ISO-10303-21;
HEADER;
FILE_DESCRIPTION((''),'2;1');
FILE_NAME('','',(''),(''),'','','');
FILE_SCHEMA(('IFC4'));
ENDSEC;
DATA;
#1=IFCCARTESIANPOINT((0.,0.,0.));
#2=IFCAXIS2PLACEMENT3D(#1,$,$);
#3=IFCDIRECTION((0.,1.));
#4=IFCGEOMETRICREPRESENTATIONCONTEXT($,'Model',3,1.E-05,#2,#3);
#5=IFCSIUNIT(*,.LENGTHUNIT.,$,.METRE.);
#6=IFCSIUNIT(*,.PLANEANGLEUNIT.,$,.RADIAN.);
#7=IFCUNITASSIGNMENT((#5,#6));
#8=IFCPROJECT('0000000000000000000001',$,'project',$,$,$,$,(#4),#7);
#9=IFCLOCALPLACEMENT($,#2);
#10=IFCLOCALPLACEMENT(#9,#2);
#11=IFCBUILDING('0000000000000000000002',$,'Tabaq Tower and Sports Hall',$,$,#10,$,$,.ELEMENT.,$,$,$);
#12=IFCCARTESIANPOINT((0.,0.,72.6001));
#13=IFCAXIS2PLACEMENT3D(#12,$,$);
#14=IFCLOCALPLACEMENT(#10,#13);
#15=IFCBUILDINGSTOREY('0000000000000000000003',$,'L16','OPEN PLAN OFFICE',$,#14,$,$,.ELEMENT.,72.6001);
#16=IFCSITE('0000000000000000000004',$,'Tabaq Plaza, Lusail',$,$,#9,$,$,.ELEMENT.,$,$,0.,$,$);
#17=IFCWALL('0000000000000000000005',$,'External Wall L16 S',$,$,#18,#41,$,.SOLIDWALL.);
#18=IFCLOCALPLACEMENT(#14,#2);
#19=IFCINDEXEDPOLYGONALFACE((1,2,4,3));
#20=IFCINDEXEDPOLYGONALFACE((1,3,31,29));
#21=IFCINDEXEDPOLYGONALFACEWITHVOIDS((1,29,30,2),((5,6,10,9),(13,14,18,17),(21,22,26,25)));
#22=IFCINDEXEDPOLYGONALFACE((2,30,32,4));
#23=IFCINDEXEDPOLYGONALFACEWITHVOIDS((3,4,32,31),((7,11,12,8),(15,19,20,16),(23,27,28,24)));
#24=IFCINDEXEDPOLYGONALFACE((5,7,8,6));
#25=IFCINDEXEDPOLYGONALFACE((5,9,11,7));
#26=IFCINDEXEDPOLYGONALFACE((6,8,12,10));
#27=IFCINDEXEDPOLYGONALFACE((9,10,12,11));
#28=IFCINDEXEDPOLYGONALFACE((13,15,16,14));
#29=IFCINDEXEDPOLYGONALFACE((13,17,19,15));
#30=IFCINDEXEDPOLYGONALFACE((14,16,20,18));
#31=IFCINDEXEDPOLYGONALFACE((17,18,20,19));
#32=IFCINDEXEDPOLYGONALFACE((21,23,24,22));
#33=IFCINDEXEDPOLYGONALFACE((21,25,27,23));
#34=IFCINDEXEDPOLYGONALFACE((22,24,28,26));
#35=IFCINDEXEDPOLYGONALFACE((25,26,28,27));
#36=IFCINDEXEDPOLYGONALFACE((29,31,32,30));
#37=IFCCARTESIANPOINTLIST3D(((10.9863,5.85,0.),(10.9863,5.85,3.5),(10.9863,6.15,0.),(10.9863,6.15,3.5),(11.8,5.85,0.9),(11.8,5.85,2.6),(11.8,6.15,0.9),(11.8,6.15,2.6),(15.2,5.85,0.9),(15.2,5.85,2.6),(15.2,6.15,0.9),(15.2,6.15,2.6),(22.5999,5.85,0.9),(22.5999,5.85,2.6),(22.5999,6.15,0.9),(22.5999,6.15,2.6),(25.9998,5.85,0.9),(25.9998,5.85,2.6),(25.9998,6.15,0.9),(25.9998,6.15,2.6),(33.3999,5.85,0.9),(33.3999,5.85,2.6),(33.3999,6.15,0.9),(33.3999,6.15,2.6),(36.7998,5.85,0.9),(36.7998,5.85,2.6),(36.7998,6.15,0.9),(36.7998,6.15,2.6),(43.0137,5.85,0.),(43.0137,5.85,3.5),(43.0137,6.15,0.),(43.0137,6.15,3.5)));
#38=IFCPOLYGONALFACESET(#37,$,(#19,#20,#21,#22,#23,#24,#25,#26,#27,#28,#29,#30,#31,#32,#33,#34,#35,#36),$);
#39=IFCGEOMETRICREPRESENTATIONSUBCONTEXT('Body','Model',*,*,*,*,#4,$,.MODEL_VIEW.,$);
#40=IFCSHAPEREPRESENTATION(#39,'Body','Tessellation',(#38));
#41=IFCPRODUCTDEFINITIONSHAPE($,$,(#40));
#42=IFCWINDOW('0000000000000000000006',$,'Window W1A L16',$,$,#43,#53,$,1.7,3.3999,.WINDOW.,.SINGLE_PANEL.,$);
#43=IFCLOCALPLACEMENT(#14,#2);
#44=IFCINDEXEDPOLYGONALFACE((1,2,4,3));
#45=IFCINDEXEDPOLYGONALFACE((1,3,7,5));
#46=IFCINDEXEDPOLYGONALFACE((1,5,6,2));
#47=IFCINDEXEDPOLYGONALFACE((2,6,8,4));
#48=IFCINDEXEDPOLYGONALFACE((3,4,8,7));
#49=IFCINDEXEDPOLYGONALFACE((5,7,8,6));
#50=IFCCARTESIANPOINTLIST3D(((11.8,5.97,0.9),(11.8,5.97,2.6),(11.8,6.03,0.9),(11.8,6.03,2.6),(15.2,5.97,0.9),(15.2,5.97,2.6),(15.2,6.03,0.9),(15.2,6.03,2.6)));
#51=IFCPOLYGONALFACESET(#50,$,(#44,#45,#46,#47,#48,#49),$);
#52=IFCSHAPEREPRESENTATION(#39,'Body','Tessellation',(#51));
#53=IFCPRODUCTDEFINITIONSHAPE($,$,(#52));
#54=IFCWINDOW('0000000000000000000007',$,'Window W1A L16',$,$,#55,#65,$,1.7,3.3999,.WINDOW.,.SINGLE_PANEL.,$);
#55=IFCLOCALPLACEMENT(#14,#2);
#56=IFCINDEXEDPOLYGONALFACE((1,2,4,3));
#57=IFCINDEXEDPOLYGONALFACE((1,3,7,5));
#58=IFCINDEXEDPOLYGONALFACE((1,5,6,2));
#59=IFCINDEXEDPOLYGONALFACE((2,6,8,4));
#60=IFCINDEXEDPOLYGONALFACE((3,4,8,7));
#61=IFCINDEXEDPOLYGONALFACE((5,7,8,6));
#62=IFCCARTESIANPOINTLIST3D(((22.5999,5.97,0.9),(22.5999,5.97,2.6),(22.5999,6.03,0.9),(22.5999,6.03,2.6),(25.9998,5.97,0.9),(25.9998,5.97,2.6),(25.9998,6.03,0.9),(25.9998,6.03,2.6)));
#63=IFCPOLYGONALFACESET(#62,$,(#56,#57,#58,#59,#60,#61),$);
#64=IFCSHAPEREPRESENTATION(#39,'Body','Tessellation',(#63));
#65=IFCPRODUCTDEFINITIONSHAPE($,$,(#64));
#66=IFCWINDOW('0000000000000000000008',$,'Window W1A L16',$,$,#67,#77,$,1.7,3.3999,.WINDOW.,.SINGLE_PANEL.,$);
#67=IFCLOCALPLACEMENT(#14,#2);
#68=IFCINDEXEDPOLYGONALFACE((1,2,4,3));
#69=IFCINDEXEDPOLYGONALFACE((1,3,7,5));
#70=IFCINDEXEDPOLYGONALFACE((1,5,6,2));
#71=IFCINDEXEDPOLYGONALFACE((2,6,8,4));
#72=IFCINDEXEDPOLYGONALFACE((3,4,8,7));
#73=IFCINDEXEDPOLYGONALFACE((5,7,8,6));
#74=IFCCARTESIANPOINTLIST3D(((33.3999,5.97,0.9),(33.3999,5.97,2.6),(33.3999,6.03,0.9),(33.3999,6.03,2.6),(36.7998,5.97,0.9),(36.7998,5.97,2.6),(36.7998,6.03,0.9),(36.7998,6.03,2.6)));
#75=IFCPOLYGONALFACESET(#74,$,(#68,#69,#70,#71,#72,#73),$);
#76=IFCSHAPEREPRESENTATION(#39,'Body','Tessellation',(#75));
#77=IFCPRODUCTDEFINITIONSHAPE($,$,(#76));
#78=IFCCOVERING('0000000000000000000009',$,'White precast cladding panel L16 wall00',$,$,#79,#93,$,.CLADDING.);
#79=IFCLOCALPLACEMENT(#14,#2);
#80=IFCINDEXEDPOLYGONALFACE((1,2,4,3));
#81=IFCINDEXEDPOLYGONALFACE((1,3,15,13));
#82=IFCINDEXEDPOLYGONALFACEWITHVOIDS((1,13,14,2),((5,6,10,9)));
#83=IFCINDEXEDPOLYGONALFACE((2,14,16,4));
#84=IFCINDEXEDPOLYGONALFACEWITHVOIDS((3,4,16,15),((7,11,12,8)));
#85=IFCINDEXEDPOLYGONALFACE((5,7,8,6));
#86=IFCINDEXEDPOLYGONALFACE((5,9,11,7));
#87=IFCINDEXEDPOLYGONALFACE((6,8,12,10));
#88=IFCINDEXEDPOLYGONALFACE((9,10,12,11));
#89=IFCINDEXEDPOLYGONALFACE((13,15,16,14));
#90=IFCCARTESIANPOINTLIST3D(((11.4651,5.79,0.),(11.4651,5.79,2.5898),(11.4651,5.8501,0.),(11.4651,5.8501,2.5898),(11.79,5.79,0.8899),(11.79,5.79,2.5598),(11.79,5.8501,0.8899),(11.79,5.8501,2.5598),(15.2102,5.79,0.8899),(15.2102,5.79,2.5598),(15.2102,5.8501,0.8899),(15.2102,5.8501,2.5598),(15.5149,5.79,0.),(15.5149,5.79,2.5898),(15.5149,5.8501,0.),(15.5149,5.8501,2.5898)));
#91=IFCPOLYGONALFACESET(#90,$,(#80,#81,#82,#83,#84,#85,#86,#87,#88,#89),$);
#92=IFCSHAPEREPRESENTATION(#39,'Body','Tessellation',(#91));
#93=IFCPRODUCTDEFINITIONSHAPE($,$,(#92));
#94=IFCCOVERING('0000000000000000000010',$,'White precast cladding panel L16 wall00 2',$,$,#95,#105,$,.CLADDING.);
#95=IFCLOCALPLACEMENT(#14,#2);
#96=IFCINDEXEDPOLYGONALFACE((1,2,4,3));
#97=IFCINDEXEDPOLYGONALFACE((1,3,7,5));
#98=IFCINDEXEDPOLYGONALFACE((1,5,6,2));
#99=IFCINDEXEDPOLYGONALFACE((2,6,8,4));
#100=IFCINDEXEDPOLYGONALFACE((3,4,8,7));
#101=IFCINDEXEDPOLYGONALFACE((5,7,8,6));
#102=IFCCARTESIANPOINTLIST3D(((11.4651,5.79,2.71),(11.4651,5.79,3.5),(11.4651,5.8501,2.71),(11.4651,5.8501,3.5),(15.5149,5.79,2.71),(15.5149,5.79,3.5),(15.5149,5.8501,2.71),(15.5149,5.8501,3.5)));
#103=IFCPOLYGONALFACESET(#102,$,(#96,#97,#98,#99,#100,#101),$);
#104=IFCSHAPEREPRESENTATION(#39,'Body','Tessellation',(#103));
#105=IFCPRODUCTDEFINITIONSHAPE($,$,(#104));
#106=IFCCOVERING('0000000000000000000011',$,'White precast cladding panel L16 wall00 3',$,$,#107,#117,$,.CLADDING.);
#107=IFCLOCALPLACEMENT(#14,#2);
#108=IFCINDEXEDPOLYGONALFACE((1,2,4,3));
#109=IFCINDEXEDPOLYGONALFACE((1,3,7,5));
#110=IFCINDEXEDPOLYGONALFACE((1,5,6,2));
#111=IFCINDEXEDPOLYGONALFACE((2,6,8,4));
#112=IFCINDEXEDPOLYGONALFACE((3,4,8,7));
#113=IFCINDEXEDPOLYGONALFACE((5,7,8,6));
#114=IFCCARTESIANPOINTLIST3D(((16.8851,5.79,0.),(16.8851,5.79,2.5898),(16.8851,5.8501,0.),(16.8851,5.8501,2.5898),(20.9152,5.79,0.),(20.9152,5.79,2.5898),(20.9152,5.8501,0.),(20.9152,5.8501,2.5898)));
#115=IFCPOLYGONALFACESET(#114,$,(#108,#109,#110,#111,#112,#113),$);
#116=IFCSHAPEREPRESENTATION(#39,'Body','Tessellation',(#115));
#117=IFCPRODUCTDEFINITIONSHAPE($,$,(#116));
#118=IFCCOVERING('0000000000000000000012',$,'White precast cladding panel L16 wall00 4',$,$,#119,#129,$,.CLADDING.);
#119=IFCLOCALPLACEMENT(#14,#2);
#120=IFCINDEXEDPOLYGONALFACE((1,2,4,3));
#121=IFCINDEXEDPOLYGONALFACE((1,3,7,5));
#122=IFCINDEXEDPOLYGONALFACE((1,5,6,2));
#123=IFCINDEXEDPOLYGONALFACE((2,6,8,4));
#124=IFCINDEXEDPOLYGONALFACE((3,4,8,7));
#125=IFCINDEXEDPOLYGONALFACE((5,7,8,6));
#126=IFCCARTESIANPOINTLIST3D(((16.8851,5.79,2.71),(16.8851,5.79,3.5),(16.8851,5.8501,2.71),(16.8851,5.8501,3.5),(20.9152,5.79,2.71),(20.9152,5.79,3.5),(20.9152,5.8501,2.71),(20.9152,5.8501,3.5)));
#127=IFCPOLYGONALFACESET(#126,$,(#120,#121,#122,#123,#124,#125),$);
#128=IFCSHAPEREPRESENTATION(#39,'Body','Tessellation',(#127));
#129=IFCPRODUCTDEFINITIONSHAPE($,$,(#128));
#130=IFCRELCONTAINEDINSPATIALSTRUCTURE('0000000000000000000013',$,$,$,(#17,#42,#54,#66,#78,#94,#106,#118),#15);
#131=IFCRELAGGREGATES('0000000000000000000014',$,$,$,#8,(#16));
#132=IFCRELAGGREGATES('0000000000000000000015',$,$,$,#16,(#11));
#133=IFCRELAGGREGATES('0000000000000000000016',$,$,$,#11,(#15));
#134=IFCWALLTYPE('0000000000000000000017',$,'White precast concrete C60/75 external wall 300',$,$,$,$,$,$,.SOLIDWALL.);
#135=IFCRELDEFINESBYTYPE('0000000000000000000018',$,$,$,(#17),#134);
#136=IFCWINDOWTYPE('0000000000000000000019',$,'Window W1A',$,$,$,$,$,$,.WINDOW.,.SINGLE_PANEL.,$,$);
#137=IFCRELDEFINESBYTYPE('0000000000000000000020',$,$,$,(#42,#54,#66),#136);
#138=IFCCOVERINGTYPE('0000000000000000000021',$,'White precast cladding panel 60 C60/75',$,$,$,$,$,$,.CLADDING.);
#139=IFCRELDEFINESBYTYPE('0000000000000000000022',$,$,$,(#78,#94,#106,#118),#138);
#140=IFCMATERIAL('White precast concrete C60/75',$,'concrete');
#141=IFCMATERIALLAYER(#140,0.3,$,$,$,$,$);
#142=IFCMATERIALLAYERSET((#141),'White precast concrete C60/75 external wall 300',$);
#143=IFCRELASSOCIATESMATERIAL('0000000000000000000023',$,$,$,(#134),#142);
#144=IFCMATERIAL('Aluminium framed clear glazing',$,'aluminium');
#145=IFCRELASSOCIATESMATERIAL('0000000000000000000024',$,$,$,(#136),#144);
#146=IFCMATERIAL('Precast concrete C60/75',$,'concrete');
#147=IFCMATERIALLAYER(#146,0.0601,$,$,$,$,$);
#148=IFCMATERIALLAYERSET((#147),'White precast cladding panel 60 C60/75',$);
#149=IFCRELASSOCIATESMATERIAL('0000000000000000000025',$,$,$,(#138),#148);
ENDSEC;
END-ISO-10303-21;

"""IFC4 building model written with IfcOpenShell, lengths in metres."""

from ifc_helpers import new_model, si_unit, direction, frame, frame_2d, origin, place, context, subcontext, project, spatial, polyline, rectangle, outline, extrude, material, layer, layer_set, type_object, element, fill, save


model = new_model("IFC4")

# Units and contexts
model_context = context("Model", 3, precision=1e-05, world=origin(), true_north=direction((0.0, 1.0)))
body_context = subcontext(model_context, "Body", "Model", "MODEL_VIEW")
ifc_project = project(units=[si_unit("LENGTHUNIT", "METRE"), si_unit("PLANEANGLEUNIT", "RADIAN")], contexts=[model_context])

# Site, building, storey
site_placement = place(None, origin())
site = spatial("IfcSite", under=ifc_project, at=site_placement, Name="Tabaq Plaza, Lusail", CompositionType="ELEMENT", RefElevation=0.0)
building_placement = place(site_placement, origin())
building = spatial("IfcBuilding", under=site, at=building_placement, Name="Tabaq Tower and Sports Hall", CompositionType="ELEMENT")
storey_placement = place(building_placement, frame((0.0, 0.0, 72.6001)))
storey = spatial("IfcBuildingStorey", under=building, at=storey_placement, Name="L16", Description="OPEN PLAN OFFICE", CompositionType="ELEMENT", Elevation=72.6001)

# Wall, openings, windows
ifc_material_1 = material(Name="White precast concrete C60/75", Category="concrete")
ifc_layer_1 = layer(ifc_material_1, 0.3)
ifc_layer_set_1 = layer_set([ifc_layer_1], Name="White precast concrete C60/75 external wall 300")
wall_type_1 = type_object("IfcWallType", Name="White precast concrete C60/75 external wall 300", PredefinedType="SOLIDWALL", material=ifc_layer_set_1)
wall_1_placement = place(storey_placement, frame((10.9863, 6.0, 0.0), z_axis=(0.0, 0.0, 1.0), x_axis=(1.0, 0.0, 0.0)))
wall_1 = element("IfcWall", 1, at=wall_1_placement, inside=storey, type_object=wall_type_1, Name="External Wall L16 S", PredefinedType="SOLIDWALL", context=body_context, shape_type="SweptSolid", body=[
    extrude(rectangle(XDim=32.0273, YDim=0.3, at=frame_2d((16.0137, 0.0))), origin(), (0.0, 0.0, 1.0), 3.5),
])
opening_1_placement = place(wall_1_placement, frame((0.8137, 0.0, 0.8999)))
opening_1 = element("IfcOpeningElement", 2, at=opening_1_placement, cuts=wall_1, PredefinedType="OPENING", context=body_context, shape_type="SweptSolid", body=[
    extrude(rectangle(XDim=3.3999, YDim=1.7, at=frame_2d((1.7, 0.8501))), frame((0.0, 0.1602, 0.0), z_axis=(0.0, -1.0, 0.0), x_axis=(1.0, 0.0, 0.0)), (0.0, 0.0, 1.0), 0.3201),
])
opening_2_placement = place(wall_1_placement, frame((11.6135, 0.0, 0.8999)))
opening_2 = element("IfcOpeningElement", 3, at=opening_2_placement, cuts=wall_1, PredefinedType="OPENING", context=body_context, shape_type="SweptSolid", body=[
    extrude(rectangle(XDim=3.3999, YDim=1.7, at=frame_2d((1.7, 0.8501))), frame((0.0, 0.1602, 0.0), z_axis=(0.0, -1.0, 0.0), x_axis=(1.0, 0.0, 0.0)), (0.0, 0.0, 1.0), 0.3201),
])
opening_3_placement = place(wall_1_placement, frame((22.4136, 0.0, 0.8999)))
opening_3 = element("IfcOpeningElement", 4, at=opening_3_placement, cuts=wall_1, PredefinedType="OPENING", context=body_context, shape_type="SweptSolid", body=[
    extrude(rectangle(XDim=3.3999, YDim=1.7, at=frame_2d((1.7, 0.8501))), frame((0.0, 0.1602, 0.0), z_axis=(0.0, -1.0, 0.0), x_axis=(1.0, 0.0, 0.0)), (0.0, 0.0, 1.0), 0.3201),
])
ifc_material_2 = material(Name="Aluminium framed clear glazing", Category="aluminium")
window_type = type_object("IfcWindowType", Name="Window W1A", PartitioningType="SINGLE_PANEL", PredefinedType="WINDOW", material=ifc_material_2)
window_1_placement = place(opening_1_placement, origin())
window_1 = element("IfcWindow", 5, at=window_1_placement, inside=storey, type_object=window_type, Name="Window W1A L16", OverallHeight=1.7, OverallWidth=3.3999, PartitioningType="SINGLE_PANEL", PredefinedType="WINDOW", context=body_context, shape_type="SweptSolid", body=[
    extrude(rectangle(XDim=3.3999, YDim=1.7, at=frame_2d((1.7, 0.8501))), frame((0.0, 0.03, 0.0), z_axis=(0.0, -1.0, 0.0), x_axis=(1.0, 0.0, 0.0)), (0.0, 0.0, 1.0), 0.0601),
])
fill(opening_1, window_1)
window_2_placement = place(opening_2_placement, origin())
window_2 = element("IfcWindow", 6, at=window_2_placement, inside=storey, type_object=window_type, Name="Window W1A L16", OverallHeight=1.7, OverallWidth=3.3999, PartitioningType="SINGLE_PANEL", PredefinedType="WINDOW", context=body_context, shape_type="SweptSolid", body=[
    extrude(rectangle(XDim=3.3999, YDim=1.7, at=frame_2d((1.7, 0.8501))), frame((0.0, 0.03, 0.0), z_axis=(0.0, -1.0, 0.0), x_axis=(1.0, 0.0, 0.0)), (0.0, 0.0, 1.0), 0.0601),
])
fill(opening_2, window_2)
window_3_placement = place(opening_3_placement, origin())
window_3 = element("IfcWindow", 7, at=window_3_placement, inside=storey, type_object=window_type, Name="Window W1A L16", OverallHeight=1.7, OverallWidth=3.3999, PartitioningType="SINGLE_PANEL", PredefinedType="WINDOW", context=body_context, shape_type="SweptSolid", body=[
    extrude(rectangle(XDim=3.3999, YDim=1.7, at=frame_2d((1.7, 0.8501))), frame((0.0, 0.03, 0.0), z_axis=(0.0, -1.0, 0.0), x_axis=(1.0, 0.0, 0.0)), (0.0, 0.0, 1.0), 0.0601),
])
fill(opening_3, window_3)

# Coverings
ifc_material_3 = material(Name="Precast concrete C60/75", Category="concrete")
ifc_layer_2 = layer(ifc_material_3, 0.0601)
ifc_layer_set_2 = layer_set([ifc_layer_2], Name="White precast cladding panel 60 C60/75")
covering_type = type_object("IfcCoveringType", Name="White precast cladding panel 60 C60/75", PredefinedType="CLADDING", material=ifc_layer_set_2)
covering_1_placement = place(storey_placement, frame((11.4651, 5.8201, 0.0), z_axis=(0.0, 0.0, 1.0), x_axis=(1.0, 0.0, 0.0)))
element("IfcCovering", 8, at=covering_1_placement, inside=storey, type_object=covering_type, Name="White precast cladding panel L16 wall00", PredefinedType="CLADDING", context=body_context, shape_type="SweptSolid", body=[
    extrude(outline(polyline([(0.0, 0.0), (4.0498, 0.0), (4.0498, 2.5898), (0.0, 2.5898), (0.0, 0.0)]), holes=[polyline([(3.7451, 0.8899), (0.325, 0.8899), (0.325, 2.5598), (3.7451, 2.5598), (3.7451, 0.8899)])]), frame((0.0, 0.03, 0.0), z_axis=(0.0, -1.0, 0.0), x_axis=(1.0, 0.0, 0.0)), (0.0, 0.0, 1.0), 0.0601),
])
covering_2_placement = place(storey_placement, frame((11.4651, 5.8201, 2.71), z_axis=(0.0, 0.0, 1.0), x_axis=(1.0, 0.0, 0.0)))
element("IfcCovering", 9, at=covering_2_placement, inside=storey, type_object=covering_type, Name="White precast cladding panel L16 wall00 2", PredefinedType="CLADDING", context=body_context, shape_type="SweptSolid", body=[
    extrude(rectangle(XDim=4.0498, YDim=0.0601, at=frame_2d((2.0249, 0.0))), origin(), (0.0, 0.0, 1.0), 0.79),
])
covering_3_placement = place(storey_placement, frame((16.885, 5.8201, 0.0), z_axis=(0.0, 0.0, 1.0), x_axis=(1.0, 0.0, 0.0)))
element("IfcCovering", 10, at=covering_3_placement, inside=storey, type_object=covering_type, Name="White precast cladding panel L16 wall00 3", PredefinedType="CLADDING", context=body_context, shape_type="SweptSolid", body=[
    extrude(rectangle(XDim=4.03, YDim=0.0601, at=frame_2d((2.0151, 0.0))), origin(), (0.0, 0.0, 1.0), 2.5898),
])
covering_4_placement = place(storey_placement, frame((16.885, 5.8201, 2.71), z_axis=(0.0, 0.0, 1.0), x_axis=(1.0, 0.0, 0.0)))
element("IfcCovering", 11, at=covering_4_placement, inside=storey, type_object=covering_type, Name="White precast cladding panel L16 wall00 4", PredefinedType="CLADDING", context=body_context, shape_type="SweptSolid", body=[
    extrude(rectangle(XDim=4.03, YDim=0.0601, at=frame_2d((2.0151, 0.0))), origin(), (0.0, 0.0, 1.0), 0.79),
])

save(model, "model.ifc")
